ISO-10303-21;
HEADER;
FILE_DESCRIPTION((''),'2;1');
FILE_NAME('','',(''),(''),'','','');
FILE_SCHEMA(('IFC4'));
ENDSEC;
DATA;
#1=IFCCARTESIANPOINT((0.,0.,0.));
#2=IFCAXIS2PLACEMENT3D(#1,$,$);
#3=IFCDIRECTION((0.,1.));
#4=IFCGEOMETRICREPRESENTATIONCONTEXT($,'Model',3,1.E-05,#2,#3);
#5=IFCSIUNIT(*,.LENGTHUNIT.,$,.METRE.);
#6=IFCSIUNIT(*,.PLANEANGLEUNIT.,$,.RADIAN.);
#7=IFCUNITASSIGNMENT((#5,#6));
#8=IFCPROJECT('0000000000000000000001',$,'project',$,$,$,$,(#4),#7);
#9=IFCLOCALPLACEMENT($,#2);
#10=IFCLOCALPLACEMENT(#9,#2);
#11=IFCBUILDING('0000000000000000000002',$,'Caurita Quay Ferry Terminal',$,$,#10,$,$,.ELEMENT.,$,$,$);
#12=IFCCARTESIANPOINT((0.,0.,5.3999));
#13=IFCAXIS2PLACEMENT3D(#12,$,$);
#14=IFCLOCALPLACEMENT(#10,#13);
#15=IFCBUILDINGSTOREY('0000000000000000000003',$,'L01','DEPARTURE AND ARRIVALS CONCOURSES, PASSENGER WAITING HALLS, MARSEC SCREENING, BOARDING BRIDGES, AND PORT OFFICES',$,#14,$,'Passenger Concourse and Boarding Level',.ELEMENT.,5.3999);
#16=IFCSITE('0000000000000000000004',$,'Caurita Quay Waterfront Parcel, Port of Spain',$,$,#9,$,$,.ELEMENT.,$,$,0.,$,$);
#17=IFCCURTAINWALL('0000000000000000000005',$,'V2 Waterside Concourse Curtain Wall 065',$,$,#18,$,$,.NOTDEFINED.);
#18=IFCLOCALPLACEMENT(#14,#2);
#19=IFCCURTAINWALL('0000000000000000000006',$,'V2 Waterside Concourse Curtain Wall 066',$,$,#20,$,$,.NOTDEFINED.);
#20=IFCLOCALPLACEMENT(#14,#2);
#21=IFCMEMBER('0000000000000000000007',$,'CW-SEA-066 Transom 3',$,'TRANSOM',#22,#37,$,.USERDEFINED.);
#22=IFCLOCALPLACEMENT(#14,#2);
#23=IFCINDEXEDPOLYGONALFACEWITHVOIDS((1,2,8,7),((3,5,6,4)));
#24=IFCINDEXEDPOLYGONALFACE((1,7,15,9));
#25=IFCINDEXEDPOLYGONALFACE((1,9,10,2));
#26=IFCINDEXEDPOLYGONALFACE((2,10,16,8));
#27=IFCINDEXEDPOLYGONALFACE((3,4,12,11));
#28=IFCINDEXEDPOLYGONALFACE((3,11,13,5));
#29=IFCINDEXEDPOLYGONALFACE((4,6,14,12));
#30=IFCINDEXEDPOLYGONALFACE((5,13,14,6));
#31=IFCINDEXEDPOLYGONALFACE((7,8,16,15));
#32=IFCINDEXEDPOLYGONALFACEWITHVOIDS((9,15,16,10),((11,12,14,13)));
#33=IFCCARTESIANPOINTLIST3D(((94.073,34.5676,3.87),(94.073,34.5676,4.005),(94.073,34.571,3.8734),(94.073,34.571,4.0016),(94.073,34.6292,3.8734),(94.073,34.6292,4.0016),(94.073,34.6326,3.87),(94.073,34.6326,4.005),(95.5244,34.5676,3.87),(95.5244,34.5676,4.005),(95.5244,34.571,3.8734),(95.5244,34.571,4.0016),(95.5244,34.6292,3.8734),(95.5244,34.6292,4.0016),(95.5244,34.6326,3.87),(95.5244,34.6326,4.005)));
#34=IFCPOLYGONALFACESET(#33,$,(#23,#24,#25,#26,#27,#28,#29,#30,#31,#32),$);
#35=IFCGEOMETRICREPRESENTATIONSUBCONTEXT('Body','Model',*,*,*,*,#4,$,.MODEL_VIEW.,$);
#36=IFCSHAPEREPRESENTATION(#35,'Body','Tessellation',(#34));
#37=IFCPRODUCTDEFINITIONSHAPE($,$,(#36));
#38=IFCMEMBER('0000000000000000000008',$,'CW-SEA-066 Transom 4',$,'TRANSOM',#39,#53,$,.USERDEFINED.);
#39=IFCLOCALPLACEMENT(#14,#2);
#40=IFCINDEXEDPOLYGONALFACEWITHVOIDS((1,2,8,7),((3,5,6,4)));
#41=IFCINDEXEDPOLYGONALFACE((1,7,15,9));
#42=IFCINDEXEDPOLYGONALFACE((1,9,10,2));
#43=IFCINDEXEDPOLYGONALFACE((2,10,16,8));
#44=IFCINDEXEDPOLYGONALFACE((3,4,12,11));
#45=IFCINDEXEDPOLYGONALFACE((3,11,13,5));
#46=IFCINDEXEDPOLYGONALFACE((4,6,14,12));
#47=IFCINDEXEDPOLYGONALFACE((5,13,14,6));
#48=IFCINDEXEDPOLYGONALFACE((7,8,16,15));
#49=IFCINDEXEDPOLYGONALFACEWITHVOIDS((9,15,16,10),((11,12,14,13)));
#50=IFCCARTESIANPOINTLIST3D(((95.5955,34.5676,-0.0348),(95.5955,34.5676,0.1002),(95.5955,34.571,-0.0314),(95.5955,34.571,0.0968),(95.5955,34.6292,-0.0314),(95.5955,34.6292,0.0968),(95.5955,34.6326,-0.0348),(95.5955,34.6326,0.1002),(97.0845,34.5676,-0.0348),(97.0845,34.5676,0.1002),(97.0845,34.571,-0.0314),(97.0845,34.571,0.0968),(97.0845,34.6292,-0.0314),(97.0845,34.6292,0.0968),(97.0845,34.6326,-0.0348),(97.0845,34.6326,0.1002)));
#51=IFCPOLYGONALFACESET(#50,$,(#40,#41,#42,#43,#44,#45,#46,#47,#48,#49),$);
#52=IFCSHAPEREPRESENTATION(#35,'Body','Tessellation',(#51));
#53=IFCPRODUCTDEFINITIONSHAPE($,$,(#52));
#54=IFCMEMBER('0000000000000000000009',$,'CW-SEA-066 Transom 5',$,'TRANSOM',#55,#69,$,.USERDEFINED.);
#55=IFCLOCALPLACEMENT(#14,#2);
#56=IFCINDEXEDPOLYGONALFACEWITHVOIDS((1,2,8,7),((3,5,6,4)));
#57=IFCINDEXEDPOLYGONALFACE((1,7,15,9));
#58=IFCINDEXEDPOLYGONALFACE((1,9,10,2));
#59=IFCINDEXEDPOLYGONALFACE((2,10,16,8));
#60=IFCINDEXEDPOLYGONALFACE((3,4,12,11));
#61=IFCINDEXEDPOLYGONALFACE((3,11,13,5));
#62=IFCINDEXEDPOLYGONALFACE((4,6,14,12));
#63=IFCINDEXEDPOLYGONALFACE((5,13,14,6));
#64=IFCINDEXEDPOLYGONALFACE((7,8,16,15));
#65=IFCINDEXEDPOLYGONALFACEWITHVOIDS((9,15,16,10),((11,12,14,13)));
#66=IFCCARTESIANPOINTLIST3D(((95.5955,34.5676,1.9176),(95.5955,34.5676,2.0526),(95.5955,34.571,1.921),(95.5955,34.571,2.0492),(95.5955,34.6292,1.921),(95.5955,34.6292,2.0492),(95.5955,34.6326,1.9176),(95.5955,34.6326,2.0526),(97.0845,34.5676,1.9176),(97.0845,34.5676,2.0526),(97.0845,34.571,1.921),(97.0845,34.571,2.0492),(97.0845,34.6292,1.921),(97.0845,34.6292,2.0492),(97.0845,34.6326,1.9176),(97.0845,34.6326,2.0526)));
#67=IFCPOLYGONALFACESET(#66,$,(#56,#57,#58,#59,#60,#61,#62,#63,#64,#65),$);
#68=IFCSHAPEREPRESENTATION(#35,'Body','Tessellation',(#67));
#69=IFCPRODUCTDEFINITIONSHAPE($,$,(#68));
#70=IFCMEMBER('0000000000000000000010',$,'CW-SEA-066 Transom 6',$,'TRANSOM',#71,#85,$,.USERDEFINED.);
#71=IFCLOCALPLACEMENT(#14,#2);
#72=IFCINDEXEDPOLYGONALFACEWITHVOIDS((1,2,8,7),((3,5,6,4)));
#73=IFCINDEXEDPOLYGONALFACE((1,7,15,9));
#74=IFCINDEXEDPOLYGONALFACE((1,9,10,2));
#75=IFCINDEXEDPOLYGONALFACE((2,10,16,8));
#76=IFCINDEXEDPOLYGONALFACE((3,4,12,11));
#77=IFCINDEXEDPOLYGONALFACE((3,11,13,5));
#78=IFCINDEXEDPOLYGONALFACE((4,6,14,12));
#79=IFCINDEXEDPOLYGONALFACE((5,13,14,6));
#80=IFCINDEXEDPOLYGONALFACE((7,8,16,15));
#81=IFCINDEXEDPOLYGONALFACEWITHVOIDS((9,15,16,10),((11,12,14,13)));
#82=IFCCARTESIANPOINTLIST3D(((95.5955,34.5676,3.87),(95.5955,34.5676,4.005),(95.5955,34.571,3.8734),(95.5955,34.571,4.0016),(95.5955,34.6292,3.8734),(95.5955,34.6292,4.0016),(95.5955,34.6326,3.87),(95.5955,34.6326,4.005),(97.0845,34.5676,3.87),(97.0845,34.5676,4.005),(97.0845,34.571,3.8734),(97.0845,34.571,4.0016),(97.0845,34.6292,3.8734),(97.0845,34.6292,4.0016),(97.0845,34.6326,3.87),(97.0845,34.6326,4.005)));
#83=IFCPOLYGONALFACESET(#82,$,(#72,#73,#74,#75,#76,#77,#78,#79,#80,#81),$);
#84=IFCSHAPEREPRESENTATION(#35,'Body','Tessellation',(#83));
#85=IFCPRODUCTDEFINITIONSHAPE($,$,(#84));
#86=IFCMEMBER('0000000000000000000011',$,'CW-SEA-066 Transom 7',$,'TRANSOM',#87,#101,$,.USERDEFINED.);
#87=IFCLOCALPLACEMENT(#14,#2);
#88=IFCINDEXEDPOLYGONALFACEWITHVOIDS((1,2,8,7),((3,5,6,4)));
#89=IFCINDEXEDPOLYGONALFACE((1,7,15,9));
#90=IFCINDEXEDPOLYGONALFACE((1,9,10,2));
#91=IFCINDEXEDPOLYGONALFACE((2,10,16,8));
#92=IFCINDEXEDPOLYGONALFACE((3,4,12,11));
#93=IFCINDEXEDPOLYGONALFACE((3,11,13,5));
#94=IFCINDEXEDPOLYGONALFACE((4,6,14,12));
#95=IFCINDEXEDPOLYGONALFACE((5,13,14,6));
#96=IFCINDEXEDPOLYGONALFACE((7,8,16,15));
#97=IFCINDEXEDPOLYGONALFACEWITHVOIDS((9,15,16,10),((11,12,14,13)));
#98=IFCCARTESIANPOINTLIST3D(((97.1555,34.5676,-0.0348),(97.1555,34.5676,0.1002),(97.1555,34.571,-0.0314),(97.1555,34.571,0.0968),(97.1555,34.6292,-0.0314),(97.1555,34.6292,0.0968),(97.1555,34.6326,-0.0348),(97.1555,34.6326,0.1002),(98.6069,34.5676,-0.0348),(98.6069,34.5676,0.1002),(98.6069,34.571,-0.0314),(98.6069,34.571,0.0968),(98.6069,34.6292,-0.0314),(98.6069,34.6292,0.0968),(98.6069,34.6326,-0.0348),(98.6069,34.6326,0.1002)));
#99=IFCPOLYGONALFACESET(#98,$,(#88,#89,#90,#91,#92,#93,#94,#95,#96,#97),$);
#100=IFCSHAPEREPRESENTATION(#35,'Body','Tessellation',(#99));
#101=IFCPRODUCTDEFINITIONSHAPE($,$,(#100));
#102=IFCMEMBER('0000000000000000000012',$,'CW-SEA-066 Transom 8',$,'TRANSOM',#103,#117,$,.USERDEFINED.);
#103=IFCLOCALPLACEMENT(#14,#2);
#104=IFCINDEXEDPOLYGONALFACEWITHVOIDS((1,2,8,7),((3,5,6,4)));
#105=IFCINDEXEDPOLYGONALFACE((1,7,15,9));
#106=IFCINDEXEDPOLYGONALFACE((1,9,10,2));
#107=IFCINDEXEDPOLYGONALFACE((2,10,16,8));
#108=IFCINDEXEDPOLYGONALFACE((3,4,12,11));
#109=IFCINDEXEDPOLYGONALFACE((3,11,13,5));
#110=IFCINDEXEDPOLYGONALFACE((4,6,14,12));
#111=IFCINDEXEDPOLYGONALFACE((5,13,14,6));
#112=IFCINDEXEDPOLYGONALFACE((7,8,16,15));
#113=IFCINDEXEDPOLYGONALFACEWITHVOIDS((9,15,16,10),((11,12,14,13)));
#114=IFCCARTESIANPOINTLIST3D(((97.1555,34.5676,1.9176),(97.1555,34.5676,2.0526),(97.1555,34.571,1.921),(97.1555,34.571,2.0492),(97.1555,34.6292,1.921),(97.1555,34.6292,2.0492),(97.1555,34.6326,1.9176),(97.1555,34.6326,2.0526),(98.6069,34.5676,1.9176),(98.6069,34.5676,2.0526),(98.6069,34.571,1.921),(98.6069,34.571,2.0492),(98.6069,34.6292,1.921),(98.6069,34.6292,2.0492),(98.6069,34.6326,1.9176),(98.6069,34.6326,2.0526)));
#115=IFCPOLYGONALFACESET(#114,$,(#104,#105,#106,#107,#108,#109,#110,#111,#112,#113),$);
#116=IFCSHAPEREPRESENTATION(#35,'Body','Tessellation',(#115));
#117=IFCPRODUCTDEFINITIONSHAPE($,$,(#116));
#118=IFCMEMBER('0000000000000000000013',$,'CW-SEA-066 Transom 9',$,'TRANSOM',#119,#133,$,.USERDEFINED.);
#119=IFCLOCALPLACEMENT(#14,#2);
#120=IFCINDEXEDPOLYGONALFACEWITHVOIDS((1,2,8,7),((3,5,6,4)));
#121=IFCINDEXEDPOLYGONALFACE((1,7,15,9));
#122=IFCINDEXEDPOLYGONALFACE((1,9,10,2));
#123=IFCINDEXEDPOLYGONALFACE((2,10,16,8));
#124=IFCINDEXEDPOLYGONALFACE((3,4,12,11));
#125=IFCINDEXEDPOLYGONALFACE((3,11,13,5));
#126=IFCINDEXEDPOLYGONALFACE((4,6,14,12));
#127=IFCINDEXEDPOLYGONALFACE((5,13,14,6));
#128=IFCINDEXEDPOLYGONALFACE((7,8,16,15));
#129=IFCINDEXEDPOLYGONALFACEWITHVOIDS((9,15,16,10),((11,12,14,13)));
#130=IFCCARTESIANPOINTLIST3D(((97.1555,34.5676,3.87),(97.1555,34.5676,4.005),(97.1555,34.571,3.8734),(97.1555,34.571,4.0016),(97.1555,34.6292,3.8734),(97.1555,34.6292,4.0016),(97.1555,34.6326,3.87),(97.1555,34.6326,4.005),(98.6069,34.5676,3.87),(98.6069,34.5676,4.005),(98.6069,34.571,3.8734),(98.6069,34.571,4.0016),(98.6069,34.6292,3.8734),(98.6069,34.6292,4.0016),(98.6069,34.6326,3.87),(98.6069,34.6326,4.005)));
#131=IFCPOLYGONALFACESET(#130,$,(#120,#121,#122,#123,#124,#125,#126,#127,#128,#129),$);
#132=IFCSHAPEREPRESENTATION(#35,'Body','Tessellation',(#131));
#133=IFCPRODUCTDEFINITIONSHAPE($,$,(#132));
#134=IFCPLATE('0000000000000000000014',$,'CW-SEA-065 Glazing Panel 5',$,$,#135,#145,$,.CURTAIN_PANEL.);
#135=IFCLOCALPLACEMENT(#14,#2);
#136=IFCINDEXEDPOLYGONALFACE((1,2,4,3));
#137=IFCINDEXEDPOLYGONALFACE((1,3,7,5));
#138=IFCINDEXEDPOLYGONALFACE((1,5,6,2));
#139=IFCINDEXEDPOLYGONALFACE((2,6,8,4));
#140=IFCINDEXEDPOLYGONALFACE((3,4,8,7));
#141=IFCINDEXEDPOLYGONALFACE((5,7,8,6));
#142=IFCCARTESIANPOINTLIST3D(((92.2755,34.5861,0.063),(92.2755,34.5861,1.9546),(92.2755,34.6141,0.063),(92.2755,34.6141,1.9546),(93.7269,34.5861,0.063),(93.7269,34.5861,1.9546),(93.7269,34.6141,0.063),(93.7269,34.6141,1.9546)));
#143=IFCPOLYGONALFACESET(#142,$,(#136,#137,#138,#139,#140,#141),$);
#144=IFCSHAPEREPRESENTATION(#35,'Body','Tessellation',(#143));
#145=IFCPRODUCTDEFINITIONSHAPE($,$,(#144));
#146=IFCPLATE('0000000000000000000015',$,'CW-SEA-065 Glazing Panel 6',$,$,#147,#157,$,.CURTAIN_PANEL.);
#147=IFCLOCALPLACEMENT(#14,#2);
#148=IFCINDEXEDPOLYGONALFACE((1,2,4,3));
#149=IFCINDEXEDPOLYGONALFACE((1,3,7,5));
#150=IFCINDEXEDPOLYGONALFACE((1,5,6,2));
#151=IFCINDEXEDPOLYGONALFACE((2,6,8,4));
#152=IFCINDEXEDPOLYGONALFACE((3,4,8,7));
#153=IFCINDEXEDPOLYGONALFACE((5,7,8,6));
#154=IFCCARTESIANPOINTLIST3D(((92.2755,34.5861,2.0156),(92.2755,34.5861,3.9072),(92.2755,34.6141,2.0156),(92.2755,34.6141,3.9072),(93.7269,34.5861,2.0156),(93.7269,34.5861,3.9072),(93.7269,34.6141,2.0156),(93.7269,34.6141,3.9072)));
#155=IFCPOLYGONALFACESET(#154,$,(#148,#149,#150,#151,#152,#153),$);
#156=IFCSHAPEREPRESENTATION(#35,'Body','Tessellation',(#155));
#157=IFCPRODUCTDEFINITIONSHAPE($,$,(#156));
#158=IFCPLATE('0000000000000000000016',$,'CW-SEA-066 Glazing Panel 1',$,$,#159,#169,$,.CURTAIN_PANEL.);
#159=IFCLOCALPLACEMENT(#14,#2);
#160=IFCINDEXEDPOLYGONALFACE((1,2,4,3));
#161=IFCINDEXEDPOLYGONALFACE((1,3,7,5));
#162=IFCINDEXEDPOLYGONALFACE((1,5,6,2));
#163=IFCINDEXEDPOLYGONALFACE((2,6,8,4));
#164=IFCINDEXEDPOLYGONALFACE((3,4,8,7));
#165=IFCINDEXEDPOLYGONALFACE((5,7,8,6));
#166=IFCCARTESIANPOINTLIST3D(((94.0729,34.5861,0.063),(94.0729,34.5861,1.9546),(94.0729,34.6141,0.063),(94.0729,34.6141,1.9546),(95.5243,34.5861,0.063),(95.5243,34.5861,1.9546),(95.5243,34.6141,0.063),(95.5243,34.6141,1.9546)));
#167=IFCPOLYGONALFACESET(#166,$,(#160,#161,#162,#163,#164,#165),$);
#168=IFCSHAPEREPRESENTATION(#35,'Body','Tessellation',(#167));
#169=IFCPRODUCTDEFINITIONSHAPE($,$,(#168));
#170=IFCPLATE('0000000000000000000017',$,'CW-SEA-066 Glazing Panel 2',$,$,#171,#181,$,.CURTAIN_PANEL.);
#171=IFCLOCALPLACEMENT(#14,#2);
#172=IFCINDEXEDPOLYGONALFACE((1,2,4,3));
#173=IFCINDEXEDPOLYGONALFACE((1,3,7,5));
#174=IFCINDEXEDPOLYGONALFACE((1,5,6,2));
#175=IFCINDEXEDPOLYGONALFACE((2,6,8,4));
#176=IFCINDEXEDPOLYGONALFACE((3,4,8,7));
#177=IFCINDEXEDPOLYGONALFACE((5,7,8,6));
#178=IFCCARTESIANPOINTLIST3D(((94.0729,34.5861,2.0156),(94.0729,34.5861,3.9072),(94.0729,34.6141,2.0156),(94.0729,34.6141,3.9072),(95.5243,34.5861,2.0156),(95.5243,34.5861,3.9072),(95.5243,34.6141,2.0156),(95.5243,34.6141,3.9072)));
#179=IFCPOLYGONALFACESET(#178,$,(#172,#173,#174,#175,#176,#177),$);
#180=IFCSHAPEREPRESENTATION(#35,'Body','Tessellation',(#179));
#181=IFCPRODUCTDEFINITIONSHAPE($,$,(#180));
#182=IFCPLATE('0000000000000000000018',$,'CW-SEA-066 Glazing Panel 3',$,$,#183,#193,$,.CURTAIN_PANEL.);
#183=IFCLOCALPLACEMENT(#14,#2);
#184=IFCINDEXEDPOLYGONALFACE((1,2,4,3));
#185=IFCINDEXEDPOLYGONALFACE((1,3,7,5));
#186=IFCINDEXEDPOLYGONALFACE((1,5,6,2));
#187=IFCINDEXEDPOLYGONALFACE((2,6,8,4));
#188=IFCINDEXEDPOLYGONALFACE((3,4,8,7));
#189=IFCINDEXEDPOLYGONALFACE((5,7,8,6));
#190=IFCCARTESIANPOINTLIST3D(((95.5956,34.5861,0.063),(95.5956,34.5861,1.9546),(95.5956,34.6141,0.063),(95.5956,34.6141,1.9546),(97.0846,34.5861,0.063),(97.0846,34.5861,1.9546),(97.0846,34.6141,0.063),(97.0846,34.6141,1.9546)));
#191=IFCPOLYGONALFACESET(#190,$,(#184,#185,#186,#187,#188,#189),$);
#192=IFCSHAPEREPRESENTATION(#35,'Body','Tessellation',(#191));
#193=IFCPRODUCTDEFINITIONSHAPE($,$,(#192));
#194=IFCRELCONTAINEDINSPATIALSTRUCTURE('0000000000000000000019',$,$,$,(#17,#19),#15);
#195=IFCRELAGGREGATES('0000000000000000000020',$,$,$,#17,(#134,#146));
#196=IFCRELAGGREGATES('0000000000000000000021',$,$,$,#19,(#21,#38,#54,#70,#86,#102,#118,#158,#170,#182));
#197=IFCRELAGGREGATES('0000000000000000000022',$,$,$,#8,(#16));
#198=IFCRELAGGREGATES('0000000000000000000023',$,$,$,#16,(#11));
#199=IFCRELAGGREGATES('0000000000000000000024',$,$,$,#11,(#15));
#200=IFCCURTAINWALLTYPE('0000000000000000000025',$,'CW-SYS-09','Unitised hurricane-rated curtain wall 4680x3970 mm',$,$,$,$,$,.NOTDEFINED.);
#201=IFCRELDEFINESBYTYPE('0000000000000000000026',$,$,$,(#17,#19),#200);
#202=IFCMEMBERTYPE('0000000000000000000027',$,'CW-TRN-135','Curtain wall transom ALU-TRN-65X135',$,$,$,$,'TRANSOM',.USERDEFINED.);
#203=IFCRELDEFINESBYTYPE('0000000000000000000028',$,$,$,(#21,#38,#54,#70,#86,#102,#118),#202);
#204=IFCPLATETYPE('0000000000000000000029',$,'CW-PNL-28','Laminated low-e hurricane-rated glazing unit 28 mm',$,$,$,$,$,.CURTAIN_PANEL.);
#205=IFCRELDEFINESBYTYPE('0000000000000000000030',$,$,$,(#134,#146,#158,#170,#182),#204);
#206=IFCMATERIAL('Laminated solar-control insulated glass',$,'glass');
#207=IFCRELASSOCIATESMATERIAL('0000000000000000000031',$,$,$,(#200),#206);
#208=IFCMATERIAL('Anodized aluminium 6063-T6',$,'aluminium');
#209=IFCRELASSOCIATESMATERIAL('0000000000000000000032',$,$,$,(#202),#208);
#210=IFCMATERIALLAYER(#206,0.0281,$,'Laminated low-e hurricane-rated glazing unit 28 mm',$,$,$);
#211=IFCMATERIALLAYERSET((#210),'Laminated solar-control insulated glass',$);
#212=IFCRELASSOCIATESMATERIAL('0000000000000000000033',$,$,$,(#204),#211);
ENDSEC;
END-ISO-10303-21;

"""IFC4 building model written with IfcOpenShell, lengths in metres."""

from ifc_helpers import new_model, si_unit, direction, frame, origin, origin_2d, place, context, subcontext, project, spatial, rectangle, hollow_rectangle, extrude, material, layer, layer_set, material_profile, profile_set, type_object, element, aggregate, save


model = new_model("IFC4")

# Units and contexts
model_context = context("Model", 3, precision=1e-05, world=origin(), true_north=direction((0.0, 1.0)))
body_context = subcontext(model_context, "Body", "Model", "MODEL_VIEW")
ifc_project = project(units=[si_unit("LENGTHUNIT", "METRE"), si_unit("PLANEANGLEUNIT", "RADIAN")], contexts=[model_context])

# Site, building, storey
site_placement = place(None, origin())
site = spatial("IfcSite", under=ifc_project, at=site_placement, Name="Caurita Quay Waterfront Parcel, Port of Spain", CompositionType="ELEMENT", RefElevation=0.0)
building_placement = place(site_placement, origin())
building = spatial("IfcBuilding", under=site, at=building_placement, Name="Caurita Quay Ferry Terminal", CompositionType="ELEMENT")
storey_placement = place(building_placement, frame((0.0, 0.0, 5.3999)))
storey = spatial("IfcBuildingStorey", under=building, at=storey_placement, Name="L01", Description="DEPARTURE AND ARRIVALS CONCOURSES, PASSENGER WAITING HALLS, MARSEC SCREENING, BOARDING BRIDGES, AND PORT OFFICES", LongName="Passenger Concourse and Boarding Level", CompositionType="ELEMENT", Elevation=5.3999)

# Curtain walls
ifc_material_1 = material(Name="Laminated solar-control insulated glass", Category="glass")
curtain_wall_type = type_object("IfcCurtainWallType", Name="CW-SYS-09", Description="Unitised hurricane-rated curtain wall 4680x3970 mm", PredefinedType="NOTDEFINED", material=ifc_material_1)
curtain_wall_1_placement = place(storey_placement, origin())
curtain_wall_1 = element("IfcCurtainWall", 1, at=curtain_wall_1_placement, inside=storey, type_object=curtain_wall_type, Name="V2 Waterside Concourse Curtain Wall 065", PredefinedType="NOTDEFINED")
ifc_material_2 = material(Name="Anodized aluminium 6063-T6", Category="aluminium")
curtain_wall_2_placement = place(storey_placement, origin())
curtain_wall_2 = element("IfcCurtainWall", 2, at=curtain_wall_2_placement, inside=storey, type_object=curtain_wall_type, Name="V2 Waterside Concourse Curtain Wall 066", PredefinedType="NOTDEFINED")

# Members
ifc_material_profile_1 = material_profile(ifc_material_2, hollow_rectangle(XDim=0.0649, YDim=0.135, WallThickness=0.0034, at=origin_2d()), Name="ALU-TRN-65X135")
ifc_profile_set_1 = profile_set([ifc_material_profile_1], Name="Anodized aluminium 6063-T6")
member_type_1 = type_object("IfcMemberType", Name="CW-TRN-135", Description="Curtain wall transom ALU-TRN-65X135", ElementType="TRANSOM", PredefinedType="USERDEFINED", material=ifc_profile_set_1)
member_1_placement = place(storey_placement, frame((94.073, 34.6001, 3.9375), z_axis=(1.0, 0.0, 0.0), x_axis=(0.0, 1.0, 0.0)))
member_1 = element("IfcMember", 3, at=member_1_placement, type_object=member_type_1, Name="CW-SEA-066 Transom 3", ObjectType="TRANSOM", PredefinedType="USERDEFINED", context=body_context, shape_type="SweptSolid", body=[
    extrude(hollow_rectangle(XDim=0.0649, YDim=0.135, WallThickness=0.0034, at=origin_2d()), origin(), (0.0, 0.0, 1.0), 1.4514),
])
member_2_placement = place(storey_placement, frame((95.5955, 34.6001, 0.0327), z_axis=(1.0, 0.0, 0.0), x_axis=(0.0, 1.0, 0.0)))
member_2 = element("IfcMember", 4, at=member_2_placement, type_object=member_type_1, Name="CW-SEA-066 Transom 4", ObjectType="TRANSOM", PredefinedType="USERDEFINED", context=body_context, shape_type="SweptSolid", body=[
    extrude(hollow_rectangle(XDim=0.0649, YDim=0.135, WallThickness=0.0034, at=origin_2d()), origin(), (0.0, 0.0, 1.0), 1.489),
])
member_3_placement = place(storey_placement, frame((95.5955, 34.6001, 1.9851), z_axis=(1.0, 0.0, 0.0), x_axis=(0.0, 1.0, 0.0)))
member_3 = element("IfcMember", 5, at=member_3_placement, type_object=member_type_1, Name="CW-SEA-066 Transom 5", ObjectType="TRANSOM", PredefinedType="USERDEFINED", context=body_context, shape_type="SweptSolid", body=[
    extrude(hollow_rectangle(XDim=0.0649, YDim=0.135, WallThickness=0.0034, at=origin_2d()), origin(), (0.0, 0.0, 1.0), 1.489),
])
member_4_placement = place(storey_placement, frame((95.5955, 34.6001, 3.9375), z_axis=(1.0, 0.0, 0.0), x_axis=(0.0, 1.0, 0.0)))
member_4 = element("IfcMember", 6, at=member_4_placement, type_object=member_type_1, Name="CW-SEA-066 Transom 6", ObjectType="TRANSOM", PredefinedType="USERDEFINED", context=body_context, shape_type="SweptSolid", body=[
    extrude(hollow_rectangle(XDim=0.0649, YDim=0.135, WallThickness=0.0034, at=origin_2d()), origin(), (0.0, 0.0, 1.0), 1.489),
])
member_5_placement = place(storey_placement, frame((97.1555, 34.6001, 0.0327), z_axis=(1.0, 0.0, 0.0), x_axis=(0.0, 1.0, 0.0)))
member_5 = element("IfcMember", 7, at=member_5_placement, type_object=member_type_1, Name="CW-SEA-066 Transom 7", ObjectType="TRANSOM", PredefinedType="USERDEFINED", context=body_context, shape_type="SweptSolid", body=[
    extrude(hollow_rectangle(XDim=0.0649, YDim=0.135, WallThickness=0.0034, at=origin_2d()), origin(), (0.0, 0.0, 1.0), 1.4514),
])
member_6_placement = place(storey_placement, frame((97.1555, 34.6001, 1.9851), z_axis=(1.0, 0.0, 0.0), x_axis=(0.0, 1.0, 0.0)))
member_6 = element("IfcMember", 8, at=member_6_placement, type_object=member_type_1, Name="CW-SEA-066 Transom 8", ObjectType="TRANSOM", PredefinedType="USERDEFINED", context=body_context, shape_type="SweptSolid", body=[
    extrude(hollow_rectangle(XDim=0.0649, YDim=0.135, WallThickness=0.0034, at=origin_2d()), origin(), (0.0, 0.0, 1.0), 1.4514),
])
member_7_placement = place(storey_placement, frame((97.1555, 34.6001, 3.9375), z_axis=(1.0, 0.0, 0.0), x_axis=(0.0, 1.0, 0.0)))
member_7 = element("IfcMember", 9, at=member_7_placement, type_object=member_type_1, Name="CW-SEA-066 Transom 9", ObjectType="TRANSOM", PredefinedType="USERDEFINED", context=body_context, shape_type="SweptSolid", body=[
    extrude(hollow_rectangle(XDim=0.0649, YDim=0.135, WallThickness=0.0034, at=origin_2d()), origin(), (0.0, 0.0, 1.0), 1.4514),
])

# Plates
ifc_layer = layer(ifc_material_1, 0.0281, Name="Laminated low-e hurricane-rated glazing unit 28 mm")
ifc_layer_set = layer_set([ifc_layer], Name="Laminated solar-control insulated glass")
plate_type = type_object("IfcPlateType", Name="CW-PNL-28", Description="Laminated low-e hurricane-rated glazing unit 28 mm", PredefinedType="CURTAIN_PANEL", material=ifc_layer_set)
plate_1_placement = place(storey_placement, frame((93.0012, 34.6001, 0.063), z_axis=(0.0, 0.0, 1.0), x_axis=(1.0, 0.0, 0.0)))
plate_1 = element("IfcPlate", 10, at=plate_1_placement, type_object=plate_type, Name="CW-SEA-065 Glazing Panel 5", PredefinedType="CURTAIN_PANEL", context=body_context, shape_type="SweptSolid", body=[
    extrude(rectangle(XDim=1.4514, YDim=0.0281, at=origin_2d()), origin(), (0.0, 0.0, 1.0), 1.8916),
])
plate_2_placement = place(storey_placement, frame((93.0012, 34.6001, 2.0156), z_axis=(0.0, 0.0, 1.0), x_axis=(1.0, 0.0, 0.0)))
plate_2 = element("IfcPlate", 11, at=plate_2_placement, type_object=plate_type, Name="CW-SEA-065 Glazing Panel 6", PredefinedType="CURTAIN_PANEL", context=body_context, shape_type="SweptSolid", body=[
    extrude(rectangle(XDim=1.4514, YDim=0.0281, at=origin_2d()), origin(), (0.0, 0.0, 1.0), 1.8916),
])
aggregate(curtain_wall_1, [plate_1, plate_2])
plate_3_placement = place(storey_placement, frame((94.7986, 34.6001, 0.063), z_axis=(0.0, 0.0, 1.0), x_axis=(1.0, 0.0, 0.0)))
plate_3 = element("IfcPlate", 12, at=plate_3_placement, type_object=plate_type, Name="CW-SEA-066 Glazing Panel 1", PredefinedType="CURTAIN_PANEL", context=body_context, shape_type="SweptSolid", body=[
    extrude(rectangle(XDim=1.4514, YDim=0.0281, at=origin_2d()), origin(), (0.0, 0.0, 1.0), 1.8916),
])
plate_4_placement = place(storey_placement, frame((94.7986, 34.6001, 2.0156), z_axis=(0.0, 0.0, 1.0), x_axis=(1.0, 0.0, 0.0)))
plate_4 = element("IfcPlate", 13, at=plate_4_placement, type_object=plate_type, Name="CW-SEA-066 Glazing Panel 2", PredefinedType="CURTAIN_PANEL", context=body_context, shape_type="SweptSolid", body=[
    extrude(rectangle(XDim=1.4514, YDim=0.0281, at=origin_2d()), origin(), (0.0, 0.0, 1.0), 1.8916),
])
plate_5_placement = place(storey_placement, frame((96.3401, 34.6001, 0.063), z_axis=(0.0, 0.0, 1.0), x_axis=(1.0, 0.0, 0.0)))
plate_5 = element("IfcPlate", 14, at=plate_5_placement, type_object=plate_type, Name="CW-SEA-066 Glazing Panel 3", PredefinedType="CURTAIN_PANEL", context=body_context, shape_type="SweptSolid", body=[
    extrude(rectangle(XDim=1.489, YDim=0.0281, at=origin_2d()), origin(), (0.0, 0.0, 1.0), 1.8916),
])
aggregate(curtain_wall_2, [member_1, member_2, member_3, member_4, member_5, member_6, member_7, plate_3, plate_4, plate_5])

save(model, "model.ifc")
